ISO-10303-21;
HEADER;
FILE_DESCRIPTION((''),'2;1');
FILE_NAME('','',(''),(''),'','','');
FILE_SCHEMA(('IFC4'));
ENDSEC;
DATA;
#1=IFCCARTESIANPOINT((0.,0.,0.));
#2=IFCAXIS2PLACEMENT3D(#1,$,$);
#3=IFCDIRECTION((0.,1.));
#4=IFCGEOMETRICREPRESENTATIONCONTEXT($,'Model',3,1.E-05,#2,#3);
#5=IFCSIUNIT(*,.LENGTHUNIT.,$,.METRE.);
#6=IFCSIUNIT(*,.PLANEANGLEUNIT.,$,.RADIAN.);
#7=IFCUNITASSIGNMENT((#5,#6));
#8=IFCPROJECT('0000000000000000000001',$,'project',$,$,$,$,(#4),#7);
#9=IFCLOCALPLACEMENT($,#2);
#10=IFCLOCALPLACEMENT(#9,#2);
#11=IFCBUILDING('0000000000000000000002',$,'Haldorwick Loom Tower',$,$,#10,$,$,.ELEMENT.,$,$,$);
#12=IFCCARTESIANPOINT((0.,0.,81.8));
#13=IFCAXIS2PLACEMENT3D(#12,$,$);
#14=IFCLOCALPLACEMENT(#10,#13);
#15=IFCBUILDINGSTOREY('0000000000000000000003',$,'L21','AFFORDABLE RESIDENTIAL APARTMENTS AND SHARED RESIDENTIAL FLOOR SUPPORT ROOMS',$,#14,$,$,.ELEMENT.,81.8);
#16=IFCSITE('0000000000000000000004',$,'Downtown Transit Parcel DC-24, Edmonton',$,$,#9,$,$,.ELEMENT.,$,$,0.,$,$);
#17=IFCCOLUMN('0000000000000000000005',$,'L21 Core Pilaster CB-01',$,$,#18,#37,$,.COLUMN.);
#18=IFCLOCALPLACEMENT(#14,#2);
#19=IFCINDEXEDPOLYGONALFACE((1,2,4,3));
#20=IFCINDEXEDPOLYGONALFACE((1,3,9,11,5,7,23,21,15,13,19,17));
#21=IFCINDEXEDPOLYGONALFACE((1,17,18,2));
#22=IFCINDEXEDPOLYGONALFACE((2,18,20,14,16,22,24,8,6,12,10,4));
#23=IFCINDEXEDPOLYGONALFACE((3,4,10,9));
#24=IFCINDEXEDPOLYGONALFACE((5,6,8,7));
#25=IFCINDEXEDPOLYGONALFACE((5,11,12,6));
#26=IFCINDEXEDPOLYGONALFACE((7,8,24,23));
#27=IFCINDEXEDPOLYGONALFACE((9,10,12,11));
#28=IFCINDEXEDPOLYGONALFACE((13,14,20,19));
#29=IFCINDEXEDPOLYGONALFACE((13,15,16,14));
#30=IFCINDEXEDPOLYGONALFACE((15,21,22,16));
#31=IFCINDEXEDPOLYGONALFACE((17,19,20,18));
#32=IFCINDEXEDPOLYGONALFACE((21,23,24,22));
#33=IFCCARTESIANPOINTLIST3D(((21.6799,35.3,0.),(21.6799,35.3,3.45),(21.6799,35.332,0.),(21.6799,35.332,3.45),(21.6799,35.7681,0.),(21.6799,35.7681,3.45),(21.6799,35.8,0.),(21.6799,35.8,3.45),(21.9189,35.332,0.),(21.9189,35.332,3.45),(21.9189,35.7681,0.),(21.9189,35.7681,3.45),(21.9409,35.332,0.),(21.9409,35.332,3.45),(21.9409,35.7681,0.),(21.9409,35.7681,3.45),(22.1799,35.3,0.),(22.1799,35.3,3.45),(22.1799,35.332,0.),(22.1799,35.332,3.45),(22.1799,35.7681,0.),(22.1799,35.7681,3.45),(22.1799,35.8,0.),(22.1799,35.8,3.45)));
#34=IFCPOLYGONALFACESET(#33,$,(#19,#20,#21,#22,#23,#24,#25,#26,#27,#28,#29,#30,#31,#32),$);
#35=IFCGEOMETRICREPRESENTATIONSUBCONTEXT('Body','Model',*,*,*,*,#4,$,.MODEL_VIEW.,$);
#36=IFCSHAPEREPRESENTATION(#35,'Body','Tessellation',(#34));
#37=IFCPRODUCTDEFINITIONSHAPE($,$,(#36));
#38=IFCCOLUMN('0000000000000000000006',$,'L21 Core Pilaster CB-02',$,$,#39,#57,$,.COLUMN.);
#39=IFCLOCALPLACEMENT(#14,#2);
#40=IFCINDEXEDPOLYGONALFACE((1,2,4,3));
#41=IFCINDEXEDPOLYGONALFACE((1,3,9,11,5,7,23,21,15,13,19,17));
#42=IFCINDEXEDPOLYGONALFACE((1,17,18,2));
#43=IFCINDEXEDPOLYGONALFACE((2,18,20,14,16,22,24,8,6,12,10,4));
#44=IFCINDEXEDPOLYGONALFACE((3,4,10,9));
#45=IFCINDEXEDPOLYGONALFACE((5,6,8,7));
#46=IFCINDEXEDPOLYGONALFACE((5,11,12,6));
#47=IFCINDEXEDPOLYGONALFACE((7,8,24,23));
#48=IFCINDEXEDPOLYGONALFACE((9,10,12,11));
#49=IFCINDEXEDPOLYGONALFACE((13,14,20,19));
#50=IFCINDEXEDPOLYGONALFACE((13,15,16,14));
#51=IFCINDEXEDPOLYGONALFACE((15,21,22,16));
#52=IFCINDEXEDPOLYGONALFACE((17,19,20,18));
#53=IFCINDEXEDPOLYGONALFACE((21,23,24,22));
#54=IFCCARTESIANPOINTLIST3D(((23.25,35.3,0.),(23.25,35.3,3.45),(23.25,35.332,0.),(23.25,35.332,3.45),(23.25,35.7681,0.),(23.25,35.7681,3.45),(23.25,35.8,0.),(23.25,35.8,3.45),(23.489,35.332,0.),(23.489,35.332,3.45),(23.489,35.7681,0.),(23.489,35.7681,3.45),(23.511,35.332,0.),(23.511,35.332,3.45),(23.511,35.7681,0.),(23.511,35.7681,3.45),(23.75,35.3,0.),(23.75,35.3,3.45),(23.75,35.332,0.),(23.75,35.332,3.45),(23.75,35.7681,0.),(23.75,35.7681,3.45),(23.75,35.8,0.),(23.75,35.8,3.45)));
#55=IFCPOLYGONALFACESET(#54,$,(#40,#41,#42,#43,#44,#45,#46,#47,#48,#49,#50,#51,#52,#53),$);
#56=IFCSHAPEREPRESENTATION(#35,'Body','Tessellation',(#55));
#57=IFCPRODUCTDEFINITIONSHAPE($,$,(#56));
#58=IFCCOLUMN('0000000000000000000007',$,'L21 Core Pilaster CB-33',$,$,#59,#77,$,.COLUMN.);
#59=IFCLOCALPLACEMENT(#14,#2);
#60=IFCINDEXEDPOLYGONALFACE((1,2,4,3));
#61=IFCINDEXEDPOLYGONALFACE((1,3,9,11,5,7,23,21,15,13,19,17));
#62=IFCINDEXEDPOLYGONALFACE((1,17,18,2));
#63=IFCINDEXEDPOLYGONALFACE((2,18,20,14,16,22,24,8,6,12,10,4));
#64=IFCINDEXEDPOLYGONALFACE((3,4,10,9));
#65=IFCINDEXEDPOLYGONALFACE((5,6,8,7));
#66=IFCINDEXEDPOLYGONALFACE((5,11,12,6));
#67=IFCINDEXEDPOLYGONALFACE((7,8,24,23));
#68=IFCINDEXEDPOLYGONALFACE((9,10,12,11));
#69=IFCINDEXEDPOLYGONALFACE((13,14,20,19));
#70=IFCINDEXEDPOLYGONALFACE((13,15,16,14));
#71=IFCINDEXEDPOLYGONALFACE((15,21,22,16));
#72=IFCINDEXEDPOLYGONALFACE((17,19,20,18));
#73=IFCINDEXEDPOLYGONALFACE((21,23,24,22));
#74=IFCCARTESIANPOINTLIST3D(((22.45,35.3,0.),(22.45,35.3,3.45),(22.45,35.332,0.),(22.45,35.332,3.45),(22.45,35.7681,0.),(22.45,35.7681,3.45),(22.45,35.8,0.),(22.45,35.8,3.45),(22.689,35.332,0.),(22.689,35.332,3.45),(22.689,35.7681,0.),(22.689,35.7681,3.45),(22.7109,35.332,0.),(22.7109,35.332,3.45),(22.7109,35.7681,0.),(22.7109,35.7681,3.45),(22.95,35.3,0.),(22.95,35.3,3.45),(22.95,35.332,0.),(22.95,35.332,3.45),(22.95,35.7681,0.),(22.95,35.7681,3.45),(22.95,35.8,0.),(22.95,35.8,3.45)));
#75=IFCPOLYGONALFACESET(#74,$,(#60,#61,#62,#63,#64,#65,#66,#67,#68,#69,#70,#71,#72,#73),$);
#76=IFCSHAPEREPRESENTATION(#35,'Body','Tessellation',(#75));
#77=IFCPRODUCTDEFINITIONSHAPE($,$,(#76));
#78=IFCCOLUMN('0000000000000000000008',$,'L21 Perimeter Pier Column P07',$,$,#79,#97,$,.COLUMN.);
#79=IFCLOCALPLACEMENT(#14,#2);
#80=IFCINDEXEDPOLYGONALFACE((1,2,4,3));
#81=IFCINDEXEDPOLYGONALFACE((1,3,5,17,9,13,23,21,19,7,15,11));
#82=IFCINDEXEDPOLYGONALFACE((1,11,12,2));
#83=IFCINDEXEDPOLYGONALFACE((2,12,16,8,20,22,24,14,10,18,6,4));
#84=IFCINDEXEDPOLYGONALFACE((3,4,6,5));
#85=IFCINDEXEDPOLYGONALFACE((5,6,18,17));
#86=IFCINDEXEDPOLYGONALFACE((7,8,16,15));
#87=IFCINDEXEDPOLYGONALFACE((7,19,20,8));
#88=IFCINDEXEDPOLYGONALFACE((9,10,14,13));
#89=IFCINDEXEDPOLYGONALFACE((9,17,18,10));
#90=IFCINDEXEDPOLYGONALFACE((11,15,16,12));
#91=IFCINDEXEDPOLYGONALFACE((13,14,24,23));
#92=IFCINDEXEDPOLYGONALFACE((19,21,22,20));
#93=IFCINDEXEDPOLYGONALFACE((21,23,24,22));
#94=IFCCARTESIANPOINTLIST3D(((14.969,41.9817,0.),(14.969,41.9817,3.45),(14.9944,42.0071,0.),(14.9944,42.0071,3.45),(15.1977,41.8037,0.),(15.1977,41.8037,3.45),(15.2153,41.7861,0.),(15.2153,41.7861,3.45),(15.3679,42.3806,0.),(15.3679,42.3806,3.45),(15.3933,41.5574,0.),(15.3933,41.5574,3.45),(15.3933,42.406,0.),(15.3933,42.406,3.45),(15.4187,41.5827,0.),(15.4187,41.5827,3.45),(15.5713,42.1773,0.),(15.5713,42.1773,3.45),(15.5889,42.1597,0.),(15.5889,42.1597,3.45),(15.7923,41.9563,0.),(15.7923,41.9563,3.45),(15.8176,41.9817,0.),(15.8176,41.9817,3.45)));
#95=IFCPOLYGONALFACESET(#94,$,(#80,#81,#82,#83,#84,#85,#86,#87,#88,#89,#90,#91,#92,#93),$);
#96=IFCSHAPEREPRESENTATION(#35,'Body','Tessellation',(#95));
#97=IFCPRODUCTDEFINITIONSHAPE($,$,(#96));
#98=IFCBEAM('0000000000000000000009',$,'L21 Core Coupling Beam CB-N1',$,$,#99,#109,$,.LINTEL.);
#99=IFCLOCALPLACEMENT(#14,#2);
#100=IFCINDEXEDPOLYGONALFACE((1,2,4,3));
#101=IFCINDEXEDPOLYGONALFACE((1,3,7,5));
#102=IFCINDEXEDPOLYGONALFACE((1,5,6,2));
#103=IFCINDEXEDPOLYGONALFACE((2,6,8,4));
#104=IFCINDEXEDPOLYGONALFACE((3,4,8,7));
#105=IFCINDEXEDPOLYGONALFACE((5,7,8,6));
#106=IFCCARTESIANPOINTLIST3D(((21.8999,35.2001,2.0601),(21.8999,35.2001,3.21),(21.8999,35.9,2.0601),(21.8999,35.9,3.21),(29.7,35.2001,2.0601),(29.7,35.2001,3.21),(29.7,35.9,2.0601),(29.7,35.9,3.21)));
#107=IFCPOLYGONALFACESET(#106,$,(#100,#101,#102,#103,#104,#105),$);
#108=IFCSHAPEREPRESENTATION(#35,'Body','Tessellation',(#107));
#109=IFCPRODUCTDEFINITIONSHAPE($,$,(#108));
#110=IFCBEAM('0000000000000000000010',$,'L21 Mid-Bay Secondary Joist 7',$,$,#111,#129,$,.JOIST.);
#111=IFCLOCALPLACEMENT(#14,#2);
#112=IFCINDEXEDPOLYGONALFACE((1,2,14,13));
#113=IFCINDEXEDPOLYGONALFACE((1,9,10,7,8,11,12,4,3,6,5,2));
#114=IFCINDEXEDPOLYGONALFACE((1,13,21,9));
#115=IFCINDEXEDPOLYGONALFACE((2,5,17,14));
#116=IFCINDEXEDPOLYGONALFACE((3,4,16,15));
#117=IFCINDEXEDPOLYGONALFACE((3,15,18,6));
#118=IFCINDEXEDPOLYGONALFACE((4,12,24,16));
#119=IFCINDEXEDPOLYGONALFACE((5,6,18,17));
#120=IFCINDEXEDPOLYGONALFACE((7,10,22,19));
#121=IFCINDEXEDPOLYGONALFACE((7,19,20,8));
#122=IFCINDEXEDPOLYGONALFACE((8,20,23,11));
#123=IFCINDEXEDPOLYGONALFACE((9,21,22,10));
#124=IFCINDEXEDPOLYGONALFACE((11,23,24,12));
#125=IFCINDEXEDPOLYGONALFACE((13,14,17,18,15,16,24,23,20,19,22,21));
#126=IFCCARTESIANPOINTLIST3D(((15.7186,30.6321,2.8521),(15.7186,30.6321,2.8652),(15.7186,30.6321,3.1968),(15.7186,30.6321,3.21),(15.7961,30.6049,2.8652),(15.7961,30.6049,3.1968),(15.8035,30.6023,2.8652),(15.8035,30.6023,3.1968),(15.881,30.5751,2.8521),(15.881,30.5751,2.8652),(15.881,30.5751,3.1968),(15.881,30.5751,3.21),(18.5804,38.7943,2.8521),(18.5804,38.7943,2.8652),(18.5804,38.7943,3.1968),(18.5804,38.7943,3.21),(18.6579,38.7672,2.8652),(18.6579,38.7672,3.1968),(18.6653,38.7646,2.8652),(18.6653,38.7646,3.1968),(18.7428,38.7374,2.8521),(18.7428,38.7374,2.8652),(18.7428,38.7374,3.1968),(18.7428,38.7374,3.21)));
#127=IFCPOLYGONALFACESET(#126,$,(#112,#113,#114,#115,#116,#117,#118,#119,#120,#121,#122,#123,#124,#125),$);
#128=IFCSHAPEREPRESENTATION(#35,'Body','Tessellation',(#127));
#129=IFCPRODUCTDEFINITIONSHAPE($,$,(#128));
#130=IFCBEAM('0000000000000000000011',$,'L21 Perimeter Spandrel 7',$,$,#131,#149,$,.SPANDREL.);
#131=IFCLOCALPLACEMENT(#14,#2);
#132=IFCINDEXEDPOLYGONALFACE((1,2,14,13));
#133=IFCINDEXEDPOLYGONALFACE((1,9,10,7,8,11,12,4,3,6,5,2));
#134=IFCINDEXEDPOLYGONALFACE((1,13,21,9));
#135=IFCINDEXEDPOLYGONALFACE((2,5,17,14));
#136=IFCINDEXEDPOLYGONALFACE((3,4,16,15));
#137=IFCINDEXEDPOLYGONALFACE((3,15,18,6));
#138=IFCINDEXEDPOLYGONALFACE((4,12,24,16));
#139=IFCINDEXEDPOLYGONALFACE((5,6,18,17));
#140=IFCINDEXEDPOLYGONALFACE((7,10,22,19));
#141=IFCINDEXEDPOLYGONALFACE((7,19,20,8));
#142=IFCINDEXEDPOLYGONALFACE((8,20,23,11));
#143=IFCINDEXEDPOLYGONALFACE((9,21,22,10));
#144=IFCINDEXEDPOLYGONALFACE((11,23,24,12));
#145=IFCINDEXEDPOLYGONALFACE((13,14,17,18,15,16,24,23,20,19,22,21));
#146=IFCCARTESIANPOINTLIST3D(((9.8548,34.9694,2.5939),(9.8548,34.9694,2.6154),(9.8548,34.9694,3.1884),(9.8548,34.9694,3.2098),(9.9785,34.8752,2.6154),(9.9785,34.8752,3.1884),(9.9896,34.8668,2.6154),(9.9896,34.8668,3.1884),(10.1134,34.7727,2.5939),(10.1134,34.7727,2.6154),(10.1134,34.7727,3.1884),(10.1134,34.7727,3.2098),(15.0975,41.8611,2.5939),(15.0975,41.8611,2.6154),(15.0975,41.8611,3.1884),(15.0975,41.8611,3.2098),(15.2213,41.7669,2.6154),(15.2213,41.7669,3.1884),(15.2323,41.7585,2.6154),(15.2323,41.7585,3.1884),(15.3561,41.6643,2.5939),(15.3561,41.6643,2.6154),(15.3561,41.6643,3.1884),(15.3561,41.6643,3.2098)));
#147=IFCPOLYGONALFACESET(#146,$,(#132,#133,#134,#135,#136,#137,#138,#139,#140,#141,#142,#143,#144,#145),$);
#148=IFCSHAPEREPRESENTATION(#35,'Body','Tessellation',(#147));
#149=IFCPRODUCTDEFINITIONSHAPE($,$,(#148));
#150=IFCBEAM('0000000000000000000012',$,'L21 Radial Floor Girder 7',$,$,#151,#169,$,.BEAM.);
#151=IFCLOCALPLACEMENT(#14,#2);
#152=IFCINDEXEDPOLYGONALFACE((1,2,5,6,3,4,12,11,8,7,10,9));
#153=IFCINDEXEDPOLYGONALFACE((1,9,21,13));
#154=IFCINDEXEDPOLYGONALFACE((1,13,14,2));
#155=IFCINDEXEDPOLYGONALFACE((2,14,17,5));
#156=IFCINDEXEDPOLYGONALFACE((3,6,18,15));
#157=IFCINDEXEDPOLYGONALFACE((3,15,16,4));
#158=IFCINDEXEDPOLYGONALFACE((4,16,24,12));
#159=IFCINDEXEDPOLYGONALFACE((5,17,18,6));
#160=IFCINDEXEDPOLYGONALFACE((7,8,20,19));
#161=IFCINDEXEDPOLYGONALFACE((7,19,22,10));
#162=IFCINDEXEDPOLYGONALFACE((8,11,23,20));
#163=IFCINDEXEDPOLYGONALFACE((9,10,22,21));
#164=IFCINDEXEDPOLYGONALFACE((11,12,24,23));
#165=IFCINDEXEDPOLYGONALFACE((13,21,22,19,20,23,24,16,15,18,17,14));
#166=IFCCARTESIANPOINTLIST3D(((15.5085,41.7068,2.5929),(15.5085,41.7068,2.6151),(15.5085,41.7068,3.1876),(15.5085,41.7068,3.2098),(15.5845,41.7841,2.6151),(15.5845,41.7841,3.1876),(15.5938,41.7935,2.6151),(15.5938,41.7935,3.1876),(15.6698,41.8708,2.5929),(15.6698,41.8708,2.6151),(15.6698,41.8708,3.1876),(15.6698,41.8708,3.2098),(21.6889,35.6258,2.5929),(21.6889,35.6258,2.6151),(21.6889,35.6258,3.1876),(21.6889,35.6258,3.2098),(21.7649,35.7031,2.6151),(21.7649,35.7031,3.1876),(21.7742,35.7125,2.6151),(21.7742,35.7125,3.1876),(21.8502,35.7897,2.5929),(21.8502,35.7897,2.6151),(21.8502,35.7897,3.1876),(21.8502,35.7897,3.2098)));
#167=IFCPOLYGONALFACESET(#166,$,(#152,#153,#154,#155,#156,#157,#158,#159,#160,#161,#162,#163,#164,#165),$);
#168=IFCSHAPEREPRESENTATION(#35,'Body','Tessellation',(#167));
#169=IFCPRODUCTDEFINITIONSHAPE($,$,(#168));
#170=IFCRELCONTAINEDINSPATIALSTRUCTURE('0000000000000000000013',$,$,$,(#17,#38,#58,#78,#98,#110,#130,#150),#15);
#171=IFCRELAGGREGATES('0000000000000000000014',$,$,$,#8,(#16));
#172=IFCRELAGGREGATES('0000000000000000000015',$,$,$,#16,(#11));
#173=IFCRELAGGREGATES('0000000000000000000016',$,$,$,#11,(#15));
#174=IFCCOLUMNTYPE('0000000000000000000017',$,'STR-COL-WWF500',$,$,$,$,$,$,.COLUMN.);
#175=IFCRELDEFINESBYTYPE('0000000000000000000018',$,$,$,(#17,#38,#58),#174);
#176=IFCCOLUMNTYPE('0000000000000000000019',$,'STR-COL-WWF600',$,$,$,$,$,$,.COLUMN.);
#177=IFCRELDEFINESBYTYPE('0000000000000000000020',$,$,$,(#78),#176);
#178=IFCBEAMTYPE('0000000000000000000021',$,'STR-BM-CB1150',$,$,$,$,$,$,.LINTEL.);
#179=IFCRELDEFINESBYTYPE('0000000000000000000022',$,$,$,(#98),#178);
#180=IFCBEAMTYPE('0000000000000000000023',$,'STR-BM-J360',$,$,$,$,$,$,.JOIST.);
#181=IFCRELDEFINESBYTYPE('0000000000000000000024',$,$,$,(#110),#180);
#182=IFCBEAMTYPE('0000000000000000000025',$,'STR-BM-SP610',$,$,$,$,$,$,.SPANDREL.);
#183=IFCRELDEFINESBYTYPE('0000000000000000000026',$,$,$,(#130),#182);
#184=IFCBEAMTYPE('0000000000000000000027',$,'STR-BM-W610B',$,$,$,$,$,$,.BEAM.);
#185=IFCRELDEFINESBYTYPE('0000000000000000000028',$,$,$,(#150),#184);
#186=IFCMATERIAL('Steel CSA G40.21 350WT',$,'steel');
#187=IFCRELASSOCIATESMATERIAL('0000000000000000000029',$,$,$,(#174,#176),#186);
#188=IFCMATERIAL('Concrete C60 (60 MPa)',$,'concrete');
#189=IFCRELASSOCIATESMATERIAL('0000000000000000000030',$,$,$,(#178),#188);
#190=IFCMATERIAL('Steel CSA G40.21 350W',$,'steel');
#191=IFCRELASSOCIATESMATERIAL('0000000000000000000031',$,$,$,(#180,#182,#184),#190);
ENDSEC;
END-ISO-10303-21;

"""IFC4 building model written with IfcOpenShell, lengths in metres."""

from ifc_helpers import new_model, si_unit, direction, frame, origin, origin_2d, place, context, subcontext, project, spatial, rectangle, i_section, extrude, material, material_profile, profile_set, type_object, element, save


model = new_model("IFC4")

# Units and contexts
model_context = context("Model", 3, precision=1e-05, world=origin(), true_north=direction((0.0, 1.0)))
body_context = subcontext(model_context, "Body", "Model", "MODEL_VIEW")
ifc_project = project(units=[si_unit("LENGTHUNIT", "METRE"), si_unit("PLANEANGLEUNIT", "RADIAN")], contexts=[model_context])

# Site, building, storey
site_placement = place(None, origin())
site = spatial("IfcSite", under=ifc_project, at=site_placement, Name="Downtown Transit Parcel DC-24, Edmonton", CompositionType="ELEMENT", RefElevation=0.0)
building_placement = place(site_placement, origin())
building = spatial("IfcBuilding", under=site, at=building_placement, Name="Haldorwick Loom Tower", CompositionType="ELEMENT")
storey_placement = place(building_placement, frame((0.0, 0.0, 81.8)))
storey = spatial("IfcBuildingStorey", under=building, at=storey_placement, Name="L21", Description="AFFORDABLE RESIDENTIAL APARTMENTS AND SHARED RESIDENTIAL FLOOR SUPPORT ROOMS", CompositionType="ELEMENT", Elevation=81.8)

# Columns
ifc_material_1 = material(Name="Steel CSA G40.21 350WT", Category="steel")
ifc_material_profile_1 = material_profile(ifc_material_1, i_section(OverallWidth=0.5, OverallDepth=0.5, WebThickness=0.022, FlangeThickness=0.032, at=origin_2d()), Name="WWF500X500", Category="steel")
ifc_profile_set_1 = profile_set([ifc_material_profile_1], Name="Steel CSA G40.21 350WT")
column_type_1 = type_object("IfcColumnType", Name="STR-COL-WWF500", PredefinedType="COLUMN", material=ifc_profile_set_1)
for number, where, z_axis, x_axis, name in (
    (1, (21.9299, 35.55, 0.0), (0.0, 0.0, 1.0), (1.0, 0.0, 0.0), "L21 Core Pilaster CB-01"),
    (2, (23.5, 35.55, 0.0), (0.0, 0.0, 1.0), (1.0, 0.0, 0.0), "L21 Core Pilaster CB-02"),
    (3, (22.7, 35.55, 0.0), (0.0, 0.0, 1.0), (1.0, 0.0, 0.0), "L21 Core Pilaster CB-33"),
):
    element("IfcColumn", number, at=place(storey_placement, frame(where, z_axis=z_axis, x_axis=x_axis)), inside=storey, type_object=column_type_1, Name=name, PredefinedType="COLUMN", context=body_context, shape_type="SweptSolid", body=[
        extrude(i_section(OverallWidth=0.5, OverallDepth=0.5, WebThickness=0.022, FlangeThickness=0.032, at=origin_2d()), origin(), (0.0, 0.0, 1.0), 3.45),
    ])
ifc_material_profile_2 = material_profile(ifc_material_1, i_section(OverallWidth=0.6001, OverallDepth=0.6001, WebThickness=0.0249, FlangeThickness=0.0359, at=origin_2d()), Name="WWF600X600", Category="steel")
ifc_profile_set_2 = profile_set([ifc_material_profile_2], Name="Steel CSA G40.21 350WT")
column_type_2 = type_object("IfcColumnType", Name="STR-COL-WWF600", PredefinedType="COLUMN", material=ifc_profile_set_2)
column_placement = place(storey_placement, frame((15.3933, 41.9817, 0.0), z_axis=(0.0, 0.0, 1.0), x_axis=(-0.707107, 0.707107, 0.0)))
element("IfcColumn", 4, at=column_placement, inside=storey, type_object=column_type_2, Name="L21 Perimeter Pier Column P07", PredefinedType="COLUMN", context=body_context, shape_type="SweptSolid", body=[
    extrude(i_section(OverallWidth=0.6001, OverallDepth=0.6001, WebThickness=0.0249, FlangeThickness=0.0359, at=origin_2d()), origin(), (0.0, 0.0, 1.0), 3.45),
])

# Beams
ifc_material_2 = material(Name="Concrete C60 (60 MPa)", Category="concrete")
ifc_material_profile_3 = material_profile(ifc_material_2, rectangle(XDim=0.7, YDim=1.1499, at=origin_2d()), Name="RC700X1150", Category="concrete")
ifc_profile_set_3 = profile_set([ifc_material_profile_3], Name="Concrete C60 (60 MPa)")
beam_type_1 = type_object("IfcBeamType", Name="STR-BM-CB1150", PredefinedType="LINTEL", material=ifc_profile_set_3)
beam_1_placement = place(storey_placement, frame((21.8999, 35.55, 2.635), z_axis=(1.0, 0.0, 0.0), x_axis=(0.0, 1.0, 0.0)))
element("IfcBeam", 5, at=beam_1_placement, inside=storey, type_object=beam_type_1, Name="L21 Core Coupling Beam CB-N1", PredefinedType="LINTEL", context=body_context, shape_type="SweptSolid", body=[
    extrude(rectangle(XDim=0.7, YDim=1.1499, at=origin_2d()), origin(), (0.0, 0.0, 1.0), 7.8),
])
ifc_material_3 = material(Name="Steel CSA G40.21 350W", Category="steel")
ifc_material_profile_4 = material_profile(ifc_material_3, i_section(OverallWidth=0.1721, OverallDepth=0.3579, WebThickness=0.0078, FlangeThickness=0.0132, at=origin_2d()), Name="W360X57", Category="steel")
ifc_profile_set_4 = profile_set([ifc_material_profile_4], Name="Steel CSA G40.21 350W")
beam_type_2 = type_object("IfcBeamType", Name="STR-BM-J360", PredefinedType="JOIST", material=ifc_profile_set_4)
beam_2_placement = place(storey_placement, frame((18.6616, 38.7659, 3.031), z_axis=(-0.330865, -0.943678, 0.0), x_axis=(0.943678, -0.330865, 0.0)))
element("IfcBeam", 6, at=beam_2_placement, inside=storey, type_object=beam_type_2, Name="L21 Mid-Bay Secondary Joist 7", PredefinedType="JOIST", context=body_context, shape_type="SweptSolid", body=[
    extrude(i_section(OverallWidth=0.1721, OverallDepth=0.3579, WebThickness=0.0078, FlangeThickness=0.0132, at=origin_2d()), origin(), (0.0, 0.0, 1.0), 8.6494),
])
ifc_material_profile_5 = material_profile(ifc_material_3, i_section(OverallWidth=0.325, OverallDepth=0.616, WebThickness=0.0139, FlangeThickness=0.0215, at=origin_2d()), Name="W610X174", Category="steel")
ifc_profile_set_5 = profile_set([ifc_material_profile_5], Name="Steel CSA G40.21 350W")
beam_type_3 = type_object("IfcBeamType", Name="STR-BM-SP610", PredefinedType="SPANDREL", material=ifc_profile_set_5)
beam_3_placement = place(storey_placement, frame((15.2268, 41.7627, 2.9019), z_axis=(-0.605454, -0.795881, 0.0), x_axis=(0.795881, -0.605454, 0.0)))
element("IfcBeam", 7, at=beam_3_placement, inside=storey, type_object=beam_type_3, Name="L21 Perimeter Spandrel 7", PredefinedType="SPANDREL", context=body_context, shape_type="SweptSolid", body=[
    extrude(i_section(OverallWidth=0.325, OverallDepth=0.616, WebThickness=0.0139, FlangeThickness=0.0215, at=origin_2d()), origin(), (0.0, 0.0, 1.0), 8.6592),
])
ifc_material_profile_6 = material_profile(ifc_material_3, i_section(OverallWidth=0.23, OverallDepth=0.6169, WebThickness=0.0132, FlangeThickness=0.0222, at=origin_2d()), Name="W610X140", Category="steel")
ifc_profile_set_6 = profile_set([ifc_material_profile_6], Name="Steel CSA G40.21 350W")
beam_type_4 = type_object("IfcBeamType", Name="STR-BM-W610B", PredefinedType="BEAM", material=ifc_profile_set_6)
beam_4_placement = place(storey_placement, frame((21.7695, 35.7078, 2.9014), z_axis=(-0.712814, 0.701353, 0.0), x_axis=(-0.701353, -0.712814, 0.0)))
element("IfcBeam", 8, at=beam_4_placement, inside=storey, type_object=beam_type_4, Name="L21 Radial Floor Girder 7", PredefinedType="BEAM", context=body_context, shape_type="SweptSolid", body=[
    extrude(i_section(OverallWidth=0.23, OverallDepth=0.6169, WebThickness=0.0132, FlangeThickness=0.0222, at=origin_2d()), origin(), (0.0, 0.0, 1.0), 8.6704),
])

save(model, "model.ifc")
